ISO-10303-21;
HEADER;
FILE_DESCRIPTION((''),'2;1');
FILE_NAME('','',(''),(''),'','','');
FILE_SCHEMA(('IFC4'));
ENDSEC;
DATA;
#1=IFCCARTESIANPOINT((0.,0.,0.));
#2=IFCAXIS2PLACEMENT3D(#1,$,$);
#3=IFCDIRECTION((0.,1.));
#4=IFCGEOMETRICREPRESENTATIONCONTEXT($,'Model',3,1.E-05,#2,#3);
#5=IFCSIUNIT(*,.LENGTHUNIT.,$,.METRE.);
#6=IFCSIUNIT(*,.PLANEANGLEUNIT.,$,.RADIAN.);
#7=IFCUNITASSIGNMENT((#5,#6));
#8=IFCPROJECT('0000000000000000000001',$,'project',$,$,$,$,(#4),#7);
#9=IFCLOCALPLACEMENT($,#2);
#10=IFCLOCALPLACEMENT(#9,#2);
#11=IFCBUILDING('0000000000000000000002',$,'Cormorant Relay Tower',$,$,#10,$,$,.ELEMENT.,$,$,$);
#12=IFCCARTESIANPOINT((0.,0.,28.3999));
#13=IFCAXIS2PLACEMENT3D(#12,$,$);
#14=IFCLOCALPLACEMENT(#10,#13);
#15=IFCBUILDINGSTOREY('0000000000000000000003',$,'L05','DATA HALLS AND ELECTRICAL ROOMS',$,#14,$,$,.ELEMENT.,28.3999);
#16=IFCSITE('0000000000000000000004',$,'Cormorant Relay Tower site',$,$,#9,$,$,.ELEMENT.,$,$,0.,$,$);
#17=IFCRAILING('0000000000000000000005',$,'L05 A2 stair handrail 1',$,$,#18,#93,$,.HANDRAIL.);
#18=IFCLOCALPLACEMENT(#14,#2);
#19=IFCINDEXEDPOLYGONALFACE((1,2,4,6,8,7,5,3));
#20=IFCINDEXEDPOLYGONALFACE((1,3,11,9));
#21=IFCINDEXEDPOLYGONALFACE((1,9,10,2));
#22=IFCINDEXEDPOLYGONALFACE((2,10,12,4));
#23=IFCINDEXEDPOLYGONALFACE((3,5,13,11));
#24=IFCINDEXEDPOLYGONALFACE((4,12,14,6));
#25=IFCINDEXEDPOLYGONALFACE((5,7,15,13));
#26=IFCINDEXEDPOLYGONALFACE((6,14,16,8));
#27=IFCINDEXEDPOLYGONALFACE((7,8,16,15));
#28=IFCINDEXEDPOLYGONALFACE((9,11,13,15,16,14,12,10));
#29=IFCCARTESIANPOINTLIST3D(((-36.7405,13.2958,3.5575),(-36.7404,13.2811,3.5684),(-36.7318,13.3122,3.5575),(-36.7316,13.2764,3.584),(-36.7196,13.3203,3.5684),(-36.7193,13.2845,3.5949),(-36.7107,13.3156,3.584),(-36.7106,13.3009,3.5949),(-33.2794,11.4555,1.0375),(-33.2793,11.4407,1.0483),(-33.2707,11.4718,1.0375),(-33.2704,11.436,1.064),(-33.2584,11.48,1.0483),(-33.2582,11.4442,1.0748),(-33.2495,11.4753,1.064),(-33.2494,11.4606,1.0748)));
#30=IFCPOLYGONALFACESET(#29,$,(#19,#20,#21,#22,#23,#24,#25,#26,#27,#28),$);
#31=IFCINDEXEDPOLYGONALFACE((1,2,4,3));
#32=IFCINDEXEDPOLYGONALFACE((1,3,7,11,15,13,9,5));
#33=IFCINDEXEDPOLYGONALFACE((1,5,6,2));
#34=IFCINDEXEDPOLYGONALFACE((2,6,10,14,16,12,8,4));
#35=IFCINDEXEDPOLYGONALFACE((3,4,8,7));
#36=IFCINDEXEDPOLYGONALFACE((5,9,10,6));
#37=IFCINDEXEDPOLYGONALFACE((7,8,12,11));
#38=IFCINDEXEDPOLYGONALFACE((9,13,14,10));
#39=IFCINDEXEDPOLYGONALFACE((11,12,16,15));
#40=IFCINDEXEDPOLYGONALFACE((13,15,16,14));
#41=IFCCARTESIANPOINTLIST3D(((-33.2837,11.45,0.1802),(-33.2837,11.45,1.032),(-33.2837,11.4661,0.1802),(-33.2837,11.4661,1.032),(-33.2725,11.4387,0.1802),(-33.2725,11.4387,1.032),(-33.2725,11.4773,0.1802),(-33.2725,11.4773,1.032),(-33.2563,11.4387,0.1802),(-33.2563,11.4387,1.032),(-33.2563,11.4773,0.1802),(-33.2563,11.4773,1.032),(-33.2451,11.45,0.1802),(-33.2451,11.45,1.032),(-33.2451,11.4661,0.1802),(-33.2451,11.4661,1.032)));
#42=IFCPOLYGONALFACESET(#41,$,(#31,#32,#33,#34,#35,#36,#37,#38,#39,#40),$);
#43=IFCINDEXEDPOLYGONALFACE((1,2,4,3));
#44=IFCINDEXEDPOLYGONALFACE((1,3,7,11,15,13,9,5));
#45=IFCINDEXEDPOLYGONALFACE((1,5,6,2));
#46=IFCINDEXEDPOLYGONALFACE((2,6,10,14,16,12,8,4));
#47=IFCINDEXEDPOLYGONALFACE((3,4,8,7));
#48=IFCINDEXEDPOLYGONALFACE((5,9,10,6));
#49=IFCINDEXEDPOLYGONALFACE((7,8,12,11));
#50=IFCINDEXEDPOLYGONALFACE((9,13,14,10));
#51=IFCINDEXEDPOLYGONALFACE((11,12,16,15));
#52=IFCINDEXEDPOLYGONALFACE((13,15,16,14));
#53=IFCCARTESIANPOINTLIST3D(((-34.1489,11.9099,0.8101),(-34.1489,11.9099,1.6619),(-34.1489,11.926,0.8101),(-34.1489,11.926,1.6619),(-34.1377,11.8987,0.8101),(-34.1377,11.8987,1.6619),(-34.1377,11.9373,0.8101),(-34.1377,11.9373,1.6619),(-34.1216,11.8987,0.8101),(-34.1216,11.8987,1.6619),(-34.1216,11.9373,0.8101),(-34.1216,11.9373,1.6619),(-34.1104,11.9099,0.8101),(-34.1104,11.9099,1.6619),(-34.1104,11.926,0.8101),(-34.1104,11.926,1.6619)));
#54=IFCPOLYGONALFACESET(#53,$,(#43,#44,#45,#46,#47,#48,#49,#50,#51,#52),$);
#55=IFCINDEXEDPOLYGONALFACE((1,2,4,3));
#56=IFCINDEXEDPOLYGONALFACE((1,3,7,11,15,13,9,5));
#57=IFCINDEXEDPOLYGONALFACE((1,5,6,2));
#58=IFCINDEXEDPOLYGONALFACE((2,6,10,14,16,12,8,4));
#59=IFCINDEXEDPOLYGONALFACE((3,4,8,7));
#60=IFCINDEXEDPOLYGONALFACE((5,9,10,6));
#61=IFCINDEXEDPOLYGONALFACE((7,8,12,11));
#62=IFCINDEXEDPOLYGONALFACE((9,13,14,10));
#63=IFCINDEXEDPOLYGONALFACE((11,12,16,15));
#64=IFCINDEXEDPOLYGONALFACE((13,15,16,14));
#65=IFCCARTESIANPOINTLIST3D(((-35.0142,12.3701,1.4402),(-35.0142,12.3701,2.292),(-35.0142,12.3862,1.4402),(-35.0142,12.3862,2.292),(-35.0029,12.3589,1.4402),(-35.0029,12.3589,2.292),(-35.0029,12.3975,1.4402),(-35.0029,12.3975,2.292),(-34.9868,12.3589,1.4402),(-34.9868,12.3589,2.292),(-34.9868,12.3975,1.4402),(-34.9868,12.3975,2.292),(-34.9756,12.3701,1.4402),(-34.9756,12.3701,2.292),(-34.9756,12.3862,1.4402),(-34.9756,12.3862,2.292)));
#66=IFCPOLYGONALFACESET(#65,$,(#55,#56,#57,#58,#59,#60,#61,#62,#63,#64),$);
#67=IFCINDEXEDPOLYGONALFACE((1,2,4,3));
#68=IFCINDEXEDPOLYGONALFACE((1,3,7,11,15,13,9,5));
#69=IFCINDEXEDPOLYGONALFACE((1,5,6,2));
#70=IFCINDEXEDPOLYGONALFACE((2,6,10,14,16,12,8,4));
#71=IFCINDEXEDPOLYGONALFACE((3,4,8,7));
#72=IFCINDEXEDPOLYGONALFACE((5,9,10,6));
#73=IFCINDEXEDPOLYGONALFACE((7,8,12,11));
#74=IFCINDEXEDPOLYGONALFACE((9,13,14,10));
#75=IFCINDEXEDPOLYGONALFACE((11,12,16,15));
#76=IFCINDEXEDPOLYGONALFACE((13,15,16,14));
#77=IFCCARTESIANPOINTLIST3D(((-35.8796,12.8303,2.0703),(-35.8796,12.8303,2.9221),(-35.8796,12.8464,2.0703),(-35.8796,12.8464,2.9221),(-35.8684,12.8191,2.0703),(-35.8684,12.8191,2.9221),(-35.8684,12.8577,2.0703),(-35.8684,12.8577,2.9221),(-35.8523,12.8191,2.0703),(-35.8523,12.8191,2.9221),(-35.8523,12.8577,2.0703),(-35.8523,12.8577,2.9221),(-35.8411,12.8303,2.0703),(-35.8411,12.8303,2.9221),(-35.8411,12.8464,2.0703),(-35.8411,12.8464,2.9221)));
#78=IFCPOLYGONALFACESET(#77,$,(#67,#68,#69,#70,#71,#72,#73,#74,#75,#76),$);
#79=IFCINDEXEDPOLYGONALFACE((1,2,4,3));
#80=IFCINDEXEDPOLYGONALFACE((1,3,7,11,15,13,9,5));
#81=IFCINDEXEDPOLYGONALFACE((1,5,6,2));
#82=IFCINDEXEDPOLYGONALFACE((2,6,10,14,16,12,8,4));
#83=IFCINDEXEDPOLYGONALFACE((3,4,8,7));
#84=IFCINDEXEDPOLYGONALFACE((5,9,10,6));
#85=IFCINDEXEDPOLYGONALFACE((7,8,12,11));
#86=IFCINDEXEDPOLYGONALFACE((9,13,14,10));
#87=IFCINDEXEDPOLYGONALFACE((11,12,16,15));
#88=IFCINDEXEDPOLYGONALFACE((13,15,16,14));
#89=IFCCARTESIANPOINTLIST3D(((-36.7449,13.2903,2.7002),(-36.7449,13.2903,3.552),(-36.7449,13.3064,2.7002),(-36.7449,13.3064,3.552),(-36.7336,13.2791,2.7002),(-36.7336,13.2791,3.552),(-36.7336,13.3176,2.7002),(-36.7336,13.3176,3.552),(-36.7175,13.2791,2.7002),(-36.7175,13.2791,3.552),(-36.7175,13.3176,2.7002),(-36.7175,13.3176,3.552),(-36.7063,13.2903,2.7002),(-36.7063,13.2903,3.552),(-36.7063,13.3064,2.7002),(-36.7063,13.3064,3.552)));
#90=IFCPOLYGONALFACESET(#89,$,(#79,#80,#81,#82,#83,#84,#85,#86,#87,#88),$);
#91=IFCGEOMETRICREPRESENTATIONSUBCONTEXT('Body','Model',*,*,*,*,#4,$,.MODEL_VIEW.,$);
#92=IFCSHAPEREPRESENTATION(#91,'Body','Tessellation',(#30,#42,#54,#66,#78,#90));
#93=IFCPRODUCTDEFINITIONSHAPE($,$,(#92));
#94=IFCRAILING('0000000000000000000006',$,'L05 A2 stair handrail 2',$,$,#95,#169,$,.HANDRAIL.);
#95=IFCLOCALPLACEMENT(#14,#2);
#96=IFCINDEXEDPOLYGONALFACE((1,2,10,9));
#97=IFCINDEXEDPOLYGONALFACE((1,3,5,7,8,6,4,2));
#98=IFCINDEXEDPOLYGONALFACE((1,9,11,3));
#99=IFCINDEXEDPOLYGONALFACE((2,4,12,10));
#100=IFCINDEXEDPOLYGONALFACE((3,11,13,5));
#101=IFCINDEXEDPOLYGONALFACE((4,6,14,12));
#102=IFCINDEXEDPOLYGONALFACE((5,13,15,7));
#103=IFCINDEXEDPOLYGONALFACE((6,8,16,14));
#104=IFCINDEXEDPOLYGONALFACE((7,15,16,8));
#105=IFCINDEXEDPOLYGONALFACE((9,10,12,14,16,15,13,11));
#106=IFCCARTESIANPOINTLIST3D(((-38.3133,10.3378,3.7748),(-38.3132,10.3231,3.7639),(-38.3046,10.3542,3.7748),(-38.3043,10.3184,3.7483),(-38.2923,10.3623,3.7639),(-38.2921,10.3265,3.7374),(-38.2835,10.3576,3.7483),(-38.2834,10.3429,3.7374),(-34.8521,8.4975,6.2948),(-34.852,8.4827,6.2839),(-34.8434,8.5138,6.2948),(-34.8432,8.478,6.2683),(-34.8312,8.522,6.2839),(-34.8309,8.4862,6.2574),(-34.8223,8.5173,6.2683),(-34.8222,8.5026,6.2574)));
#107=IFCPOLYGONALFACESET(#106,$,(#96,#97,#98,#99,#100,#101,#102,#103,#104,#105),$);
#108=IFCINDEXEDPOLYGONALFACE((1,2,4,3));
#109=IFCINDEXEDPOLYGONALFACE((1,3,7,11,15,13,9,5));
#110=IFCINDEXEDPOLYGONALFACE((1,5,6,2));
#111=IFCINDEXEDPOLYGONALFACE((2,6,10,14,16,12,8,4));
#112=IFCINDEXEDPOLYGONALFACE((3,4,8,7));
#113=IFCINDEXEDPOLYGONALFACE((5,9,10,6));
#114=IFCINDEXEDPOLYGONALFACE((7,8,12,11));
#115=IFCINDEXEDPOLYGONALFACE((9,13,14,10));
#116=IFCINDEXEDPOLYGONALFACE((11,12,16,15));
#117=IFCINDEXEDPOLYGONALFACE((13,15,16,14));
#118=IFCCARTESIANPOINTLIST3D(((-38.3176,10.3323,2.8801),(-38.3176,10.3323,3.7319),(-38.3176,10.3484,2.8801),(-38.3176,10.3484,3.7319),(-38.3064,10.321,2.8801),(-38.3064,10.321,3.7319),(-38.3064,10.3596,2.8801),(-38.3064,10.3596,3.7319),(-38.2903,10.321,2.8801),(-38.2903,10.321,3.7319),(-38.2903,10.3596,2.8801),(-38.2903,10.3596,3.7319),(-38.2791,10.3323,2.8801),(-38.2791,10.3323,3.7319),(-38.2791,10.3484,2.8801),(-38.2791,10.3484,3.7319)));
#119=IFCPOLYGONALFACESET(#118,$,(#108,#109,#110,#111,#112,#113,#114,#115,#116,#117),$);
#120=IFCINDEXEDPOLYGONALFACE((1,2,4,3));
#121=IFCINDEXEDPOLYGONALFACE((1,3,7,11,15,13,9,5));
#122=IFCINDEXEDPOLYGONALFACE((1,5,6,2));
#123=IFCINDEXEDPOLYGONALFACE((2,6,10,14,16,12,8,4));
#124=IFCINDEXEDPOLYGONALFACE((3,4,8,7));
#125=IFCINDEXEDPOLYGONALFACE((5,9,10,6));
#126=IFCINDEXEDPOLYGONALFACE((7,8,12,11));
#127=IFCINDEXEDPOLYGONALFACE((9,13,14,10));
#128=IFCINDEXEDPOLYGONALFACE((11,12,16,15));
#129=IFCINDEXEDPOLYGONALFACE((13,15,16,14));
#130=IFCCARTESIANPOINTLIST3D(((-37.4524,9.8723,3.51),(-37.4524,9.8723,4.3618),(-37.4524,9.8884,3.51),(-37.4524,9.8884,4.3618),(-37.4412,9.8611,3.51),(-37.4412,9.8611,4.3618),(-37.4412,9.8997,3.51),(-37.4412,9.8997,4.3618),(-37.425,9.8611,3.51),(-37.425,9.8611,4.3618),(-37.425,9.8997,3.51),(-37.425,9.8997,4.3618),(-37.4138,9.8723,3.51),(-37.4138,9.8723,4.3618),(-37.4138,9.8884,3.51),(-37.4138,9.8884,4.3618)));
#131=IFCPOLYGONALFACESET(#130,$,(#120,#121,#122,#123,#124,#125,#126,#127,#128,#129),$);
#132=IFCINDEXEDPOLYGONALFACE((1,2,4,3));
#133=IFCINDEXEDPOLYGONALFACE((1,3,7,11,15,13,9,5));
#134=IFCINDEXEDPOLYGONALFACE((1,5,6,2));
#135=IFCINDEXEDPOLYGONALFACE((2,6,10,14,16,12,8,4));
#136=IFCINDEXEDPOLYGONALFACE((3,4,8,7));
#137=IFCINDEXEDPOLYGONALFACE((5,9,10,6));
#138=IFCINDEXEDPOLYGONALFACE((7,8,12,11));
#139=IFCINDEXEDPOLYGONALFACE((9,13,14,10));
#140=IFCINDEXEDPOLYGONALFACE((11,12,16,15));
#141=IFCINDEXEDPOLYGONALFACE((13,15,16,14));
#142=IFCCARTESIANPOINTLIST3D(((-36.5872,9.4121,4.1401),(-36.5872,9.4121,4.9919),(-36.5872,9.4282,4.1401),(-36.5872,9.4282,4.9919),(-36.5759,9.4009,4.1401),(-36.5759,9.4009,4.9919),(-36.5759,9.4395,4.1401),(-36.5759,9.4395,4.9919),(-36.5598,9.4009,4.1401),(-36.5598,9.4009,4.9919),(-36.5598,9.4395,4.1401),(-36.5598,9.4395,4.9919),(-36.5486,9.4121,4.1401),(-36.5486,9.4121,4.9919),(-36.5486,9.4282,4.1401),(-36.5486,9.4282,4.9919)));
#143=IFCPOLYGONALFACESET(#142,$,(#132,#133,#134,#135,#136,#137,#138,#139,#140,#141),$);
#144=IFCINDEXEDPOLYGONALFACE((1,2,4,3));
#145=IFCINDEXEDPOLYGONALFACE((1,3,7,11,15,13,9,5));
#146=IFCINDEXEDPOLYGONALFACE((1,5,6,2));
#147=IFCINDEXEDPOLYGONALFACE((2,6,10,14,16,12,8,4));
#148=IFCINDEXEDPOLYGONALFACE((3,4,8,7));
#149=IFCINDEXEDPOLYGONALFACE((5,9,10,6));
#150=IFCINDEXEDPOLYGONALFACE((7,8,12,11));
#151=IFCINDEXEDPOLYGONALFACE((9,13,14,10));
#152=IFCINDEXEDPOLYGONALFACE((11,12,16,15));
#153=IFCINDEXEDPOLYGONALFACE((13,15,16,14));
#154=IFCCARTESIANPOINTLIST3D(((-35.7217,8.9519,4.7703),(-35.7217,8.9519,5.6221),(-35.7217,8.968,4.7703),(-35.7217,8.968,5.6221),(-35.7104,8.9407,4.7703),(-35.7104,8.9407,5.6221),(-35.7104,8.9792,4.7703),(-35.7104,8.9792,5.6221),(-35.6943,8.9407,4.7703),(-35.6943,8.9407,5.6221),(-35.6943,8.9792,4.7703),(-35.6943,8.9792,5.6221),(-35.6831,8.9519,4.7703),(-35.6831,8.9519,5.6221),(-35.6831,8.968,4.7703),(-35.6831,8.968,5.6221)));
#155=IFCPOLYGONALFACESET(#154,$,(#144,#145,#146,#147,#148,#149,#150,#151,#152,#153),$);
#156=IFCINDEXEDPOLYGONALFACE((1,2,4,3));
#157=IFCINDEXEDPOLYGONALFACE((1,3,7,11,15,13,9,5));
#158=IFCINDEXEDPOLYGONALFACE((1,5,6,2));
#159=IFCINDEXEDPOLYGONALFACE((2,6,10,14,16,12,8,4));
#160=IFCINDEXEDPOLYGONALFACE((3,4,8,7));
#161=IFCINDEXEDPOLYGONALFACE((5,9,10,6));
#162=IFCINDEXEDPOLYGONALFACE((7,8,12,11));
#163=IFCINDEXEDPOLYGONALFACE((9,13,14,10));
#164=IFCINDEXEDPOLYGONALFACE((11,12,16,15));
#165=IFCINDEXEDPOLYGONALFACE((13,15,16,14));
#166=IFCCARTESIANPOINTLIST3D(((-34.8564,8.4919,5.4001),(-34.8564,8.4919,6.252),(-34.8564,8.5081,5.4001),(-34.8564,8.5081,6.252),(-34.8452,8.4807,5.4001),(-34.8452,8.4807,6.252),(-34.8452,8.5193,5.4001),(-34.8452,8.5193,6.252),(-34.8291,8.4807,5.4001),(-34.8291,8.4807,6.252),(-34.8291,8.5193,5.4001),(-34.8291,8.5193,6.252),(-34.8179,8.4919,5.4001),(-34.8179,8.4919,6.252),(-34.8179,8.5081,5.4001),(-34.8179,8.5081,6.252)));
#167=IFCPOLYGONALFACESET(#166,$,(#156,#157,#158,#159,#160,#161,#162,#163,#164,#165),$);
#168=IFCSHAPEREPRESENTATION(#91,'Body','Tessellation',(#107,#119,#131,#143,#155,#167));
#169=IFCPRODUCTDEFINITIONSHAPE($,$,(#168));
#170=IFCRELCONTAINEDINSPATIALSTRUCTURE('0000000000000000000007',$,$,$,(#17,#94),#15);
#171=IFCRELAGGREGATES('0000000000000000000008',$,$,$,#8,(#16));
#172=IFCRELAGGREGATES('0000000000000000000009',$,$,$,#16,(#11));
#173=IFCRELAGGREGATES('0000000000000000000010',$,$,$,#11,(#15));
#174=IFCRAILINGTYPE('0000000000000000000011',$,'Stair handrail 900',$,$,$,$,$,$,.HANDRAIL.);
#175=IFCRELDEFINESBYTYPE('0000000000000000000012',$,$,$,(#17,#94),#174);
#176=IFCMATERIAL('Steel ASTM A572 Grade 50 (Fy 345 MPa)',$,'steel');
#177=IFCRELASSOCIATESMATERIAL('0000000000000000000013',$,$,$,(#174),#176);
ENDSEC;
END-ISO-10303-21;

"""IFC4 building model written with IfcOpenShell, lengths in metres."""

from ifc_helpers import new_model, si_unit, direction, frame, origin, place, context, subcontext, project, spatial, polyline, outline, extrude, material, type_object, element, save


model = new_model("IFC4")

# Units and contexts
model_context = context("Model", 3, precision=1e-05, world=origin(), true_north=direction((0.0, 1.0)))
body_context = subcontext(model_context, "Body", "Model", "MODEL_VIEW")
ifc_project = project(units=[si_unit("LENGTHUNIT", "METRE"), si_unit("PLANEANGLEUNIT", "RADIAN")], contexts=[model_context])

# Site, building, storey
site_placement = place(None, origin())
site = spatial("IfcSite", under=ifc_project, at=site_placement, Name="Cormorant Relay Tower site", CompositionType="ELEMENT", RefElevation=0.0)
building_placement = place(site_placement, origin())
building = spatial("IfcBuilding", under=site, at=building_placement, Name="Cormorant Relay Tower", CompositionType="ELEMENT")
storey_placement = place(building_placement, frame((0.0, 0.0, 28.3999)))
storey = spatial("IfcBuildingStorey", under=building, at=storey_placement, Name="L05", Description="DATA HALLS AND ELECTRICAL ROOMS", CompositionType="ELEMENT", Elevation=28.3999)

# Railings
ifc_material_1 = material(Name="Steel ASTM A572 Grade 50 (Fy 345 MPa)", Category="steel")
railing_type_1 = type_object("IfcRailingType", Name="Stair handrail 900", PredefinedType="HANDRAIL", material=ifc_material_1)
railing_1_placement = place(storey_placement, frame((-33.2644, 11.458, 0.1802)))
element("IfcRailing", 1, at=railing_1_placement, inside=storey, type_object=railing_type_1, Name="L05 A2 stair handrail 1", PredefinedType="HANDRAIL", context=body_context, shape_type="SweptSolid", body=[
    extrude(outline(polyline([(0.0222, 0.0093), (0.0093, 0.0222), (-0.0093, 0.0222), (-0.0222, 0.0093), (-0.0222, -0.0093), (-0.0093, -0.0222), (0.0093, -0.0222), (0.0222, -0.0093), (0.0222, 0.0093)])), frame((0.0, 0.0, 0.876), z_axis=(-0.742717, 0.394907, 0.540758), x_axis=(-0.469469, -0.882949, 0.0)), (0.0, 0.0, 1.0), 4.6602),
    extrude(outline(polyline([(0.0193, 0.0081), (0.0081, 0.0193), (-0.0081, 0.0193), (-0.0193, 0.0081), (-0.0193, -0.0081), (-0.0081, -0.0193), (0.0081, -0.0193), (0.0193, -0.0081), (0.0193, 0.0081)])), origin(), (0.0, 0.0, 1.0), 0.8518),
    extrude(outline(polyline([(0.0193, 0.0081), (0.0081, 0.0193), (-0.0081, 0.0193), (-0.0193, 0.0081), (-0.0193, -0.0081), (-0.0081, -0.0193), (0.0081, -0.0193), (0.0193, -0.0081), (0.0193, 0.0081)])), frame((-0.8652, 0.46, 0.6299)), (0.0, 0.0, 1.0), 0.8518),
    extrude(outline(polyline([(0.0193, 0.0081), (0.0081, 0.0193), (-0.0081, 0.0193), (-0.0193, 0.0081), (-0.0193, -0.0081), (-0.0081, -0.0193), (0.0081, -0.0193), (0.0193, -0.0081), (0.0193, 0.0081)])), frame((-1.7305, 0.9202, 1.26)), (0.0, 0.0, 1.0), 0.8518),
    extrude(outline(polyline([(0.0193, 0.0081), (0.0081, 0.0193), (-0.0081, 0.0193), (-0.0193, 0.0081), (-0.0193, -0.0081), (-0.0081, -0.0193), (0.0081, -0.0193), (0.0193, -0.0081), (0.0193, 0.0081)])), frame((-2.5959, 1.3804, 1.8901)), (0.0, 0.0, 1.0), 0.8518),
    extrude(outline(polyline([(0.0193, 0.0081), (0.0081, 0.0193), (-0.0081, 0.0193), (-0.0193, 0.0081), (-0.0193, -0.0081), (-0.0081, -0.0193), (0.0081, -0.0193), (0.0193, -0.0081), (0.0193, 0.0081)])), frame((-3.4612, 1.8403, 2.52)), (0.0, 0.0, 1.0), 0.8518),
])
railing_2_placement = place(storey_placement, frame((-38.2983, 10.3403, 2.8801)))
element("IfcRailing", 2, at=railing_2_placement, inside=storey, type_object=railing_type_1, Name="L05 A2 stair handrail 2", PredefinedType="HANDRAIL", context=body_context, shape_type="SweptSolid", body=[
    extrude(outline(polyline([(0.0222, 0.0093), (0.0093, 0.0222), (-0.0093, 0.0222), (-0.0222, 0.0093), (-0.0222, -0.0093), (-0.0093, -0.0222), (0.0093, -0.0222), (0.0222, -0.0093), (0.0222, 0.0093)])), frame((0.0, 0.0, 0.876), z_axis=(0.742717, -0.394907, 0.540758), x_axis=(0.469469, 0.882949, 0.0)), (0.0, 0.0, 1.0), 4.6602),
    extrude(outline(polyline([(0.0193, 0.0081), (0.0081, 0.0193), (-0.0081, 0.0193), (-0.0193, 0.0081), (-0.0193, -0.0081), (-0.0081, -0.0193), (0.0081, -0.0193), (0.0193, -0.0081), (0.0193, 0.0081)])), origin(), (0.0, 0.0, 1.0), 0.8518),
    extrude(outline(polyline([(0.0193, 0.0081), (0.0081, 0.0193), (-0.0081, 0.0193), (-0.0193, 0.0081), (-0.0193, -0.0081), (-0.0081, -0.0193), (0.0081, -0.0193), (0.0193, -0.0081), (0.0193, 0.0081)])), frame((0.8652, -0.46, 0.6299)), (0.0, 0.0, 1.0), 0.8518),
    extrude(outline(polyline([(0.0193, 0.0081), (0.0081, 0.0193), (-0.0081, 0.0193), (-0.0193, 0.0081), (-0.0193, -0.0081), (-0.0081, -0.0193), (0.0081, -0.0193), (0.0193, -0.0081), (0.0193, 0.0081)])), frame((1.7305, -0.9202, 1.26)), (0.0, 0.0, 1.0), 0.8518),
    extrude(outline(polyline([(0.0193, 0.0081), (0.0081, 0.0193), (-0.0081, 0.0193), (-0.0193, 0.0081), (-0.0193, -0.0081), (-0.0081, -0.0193), (0.0081, -0.0193), (0.0193, -0.0081), (0.0193, 0.0081)])), frame((2.5959, -1.3804, 1.8901)), (0.0, 0.0, 1.0), 0.8518),
    extrude(outline(polyline([(0.0193, 0.0081), (0.0081, 0.0193), (-0.0081, 0.0193), (-0.0193, 0.0081), (-0.0193, -0.0081), (-0.0081, -0.0193), (0.0081, -0.0193), (0.0193, -0.0081), (0.0193, 0.0081)])), frame((3.4612, -1.8403, 2.52)), (0.0, 0.0, 1.0), 0.8518),
])

save(model, "model.ifc")
